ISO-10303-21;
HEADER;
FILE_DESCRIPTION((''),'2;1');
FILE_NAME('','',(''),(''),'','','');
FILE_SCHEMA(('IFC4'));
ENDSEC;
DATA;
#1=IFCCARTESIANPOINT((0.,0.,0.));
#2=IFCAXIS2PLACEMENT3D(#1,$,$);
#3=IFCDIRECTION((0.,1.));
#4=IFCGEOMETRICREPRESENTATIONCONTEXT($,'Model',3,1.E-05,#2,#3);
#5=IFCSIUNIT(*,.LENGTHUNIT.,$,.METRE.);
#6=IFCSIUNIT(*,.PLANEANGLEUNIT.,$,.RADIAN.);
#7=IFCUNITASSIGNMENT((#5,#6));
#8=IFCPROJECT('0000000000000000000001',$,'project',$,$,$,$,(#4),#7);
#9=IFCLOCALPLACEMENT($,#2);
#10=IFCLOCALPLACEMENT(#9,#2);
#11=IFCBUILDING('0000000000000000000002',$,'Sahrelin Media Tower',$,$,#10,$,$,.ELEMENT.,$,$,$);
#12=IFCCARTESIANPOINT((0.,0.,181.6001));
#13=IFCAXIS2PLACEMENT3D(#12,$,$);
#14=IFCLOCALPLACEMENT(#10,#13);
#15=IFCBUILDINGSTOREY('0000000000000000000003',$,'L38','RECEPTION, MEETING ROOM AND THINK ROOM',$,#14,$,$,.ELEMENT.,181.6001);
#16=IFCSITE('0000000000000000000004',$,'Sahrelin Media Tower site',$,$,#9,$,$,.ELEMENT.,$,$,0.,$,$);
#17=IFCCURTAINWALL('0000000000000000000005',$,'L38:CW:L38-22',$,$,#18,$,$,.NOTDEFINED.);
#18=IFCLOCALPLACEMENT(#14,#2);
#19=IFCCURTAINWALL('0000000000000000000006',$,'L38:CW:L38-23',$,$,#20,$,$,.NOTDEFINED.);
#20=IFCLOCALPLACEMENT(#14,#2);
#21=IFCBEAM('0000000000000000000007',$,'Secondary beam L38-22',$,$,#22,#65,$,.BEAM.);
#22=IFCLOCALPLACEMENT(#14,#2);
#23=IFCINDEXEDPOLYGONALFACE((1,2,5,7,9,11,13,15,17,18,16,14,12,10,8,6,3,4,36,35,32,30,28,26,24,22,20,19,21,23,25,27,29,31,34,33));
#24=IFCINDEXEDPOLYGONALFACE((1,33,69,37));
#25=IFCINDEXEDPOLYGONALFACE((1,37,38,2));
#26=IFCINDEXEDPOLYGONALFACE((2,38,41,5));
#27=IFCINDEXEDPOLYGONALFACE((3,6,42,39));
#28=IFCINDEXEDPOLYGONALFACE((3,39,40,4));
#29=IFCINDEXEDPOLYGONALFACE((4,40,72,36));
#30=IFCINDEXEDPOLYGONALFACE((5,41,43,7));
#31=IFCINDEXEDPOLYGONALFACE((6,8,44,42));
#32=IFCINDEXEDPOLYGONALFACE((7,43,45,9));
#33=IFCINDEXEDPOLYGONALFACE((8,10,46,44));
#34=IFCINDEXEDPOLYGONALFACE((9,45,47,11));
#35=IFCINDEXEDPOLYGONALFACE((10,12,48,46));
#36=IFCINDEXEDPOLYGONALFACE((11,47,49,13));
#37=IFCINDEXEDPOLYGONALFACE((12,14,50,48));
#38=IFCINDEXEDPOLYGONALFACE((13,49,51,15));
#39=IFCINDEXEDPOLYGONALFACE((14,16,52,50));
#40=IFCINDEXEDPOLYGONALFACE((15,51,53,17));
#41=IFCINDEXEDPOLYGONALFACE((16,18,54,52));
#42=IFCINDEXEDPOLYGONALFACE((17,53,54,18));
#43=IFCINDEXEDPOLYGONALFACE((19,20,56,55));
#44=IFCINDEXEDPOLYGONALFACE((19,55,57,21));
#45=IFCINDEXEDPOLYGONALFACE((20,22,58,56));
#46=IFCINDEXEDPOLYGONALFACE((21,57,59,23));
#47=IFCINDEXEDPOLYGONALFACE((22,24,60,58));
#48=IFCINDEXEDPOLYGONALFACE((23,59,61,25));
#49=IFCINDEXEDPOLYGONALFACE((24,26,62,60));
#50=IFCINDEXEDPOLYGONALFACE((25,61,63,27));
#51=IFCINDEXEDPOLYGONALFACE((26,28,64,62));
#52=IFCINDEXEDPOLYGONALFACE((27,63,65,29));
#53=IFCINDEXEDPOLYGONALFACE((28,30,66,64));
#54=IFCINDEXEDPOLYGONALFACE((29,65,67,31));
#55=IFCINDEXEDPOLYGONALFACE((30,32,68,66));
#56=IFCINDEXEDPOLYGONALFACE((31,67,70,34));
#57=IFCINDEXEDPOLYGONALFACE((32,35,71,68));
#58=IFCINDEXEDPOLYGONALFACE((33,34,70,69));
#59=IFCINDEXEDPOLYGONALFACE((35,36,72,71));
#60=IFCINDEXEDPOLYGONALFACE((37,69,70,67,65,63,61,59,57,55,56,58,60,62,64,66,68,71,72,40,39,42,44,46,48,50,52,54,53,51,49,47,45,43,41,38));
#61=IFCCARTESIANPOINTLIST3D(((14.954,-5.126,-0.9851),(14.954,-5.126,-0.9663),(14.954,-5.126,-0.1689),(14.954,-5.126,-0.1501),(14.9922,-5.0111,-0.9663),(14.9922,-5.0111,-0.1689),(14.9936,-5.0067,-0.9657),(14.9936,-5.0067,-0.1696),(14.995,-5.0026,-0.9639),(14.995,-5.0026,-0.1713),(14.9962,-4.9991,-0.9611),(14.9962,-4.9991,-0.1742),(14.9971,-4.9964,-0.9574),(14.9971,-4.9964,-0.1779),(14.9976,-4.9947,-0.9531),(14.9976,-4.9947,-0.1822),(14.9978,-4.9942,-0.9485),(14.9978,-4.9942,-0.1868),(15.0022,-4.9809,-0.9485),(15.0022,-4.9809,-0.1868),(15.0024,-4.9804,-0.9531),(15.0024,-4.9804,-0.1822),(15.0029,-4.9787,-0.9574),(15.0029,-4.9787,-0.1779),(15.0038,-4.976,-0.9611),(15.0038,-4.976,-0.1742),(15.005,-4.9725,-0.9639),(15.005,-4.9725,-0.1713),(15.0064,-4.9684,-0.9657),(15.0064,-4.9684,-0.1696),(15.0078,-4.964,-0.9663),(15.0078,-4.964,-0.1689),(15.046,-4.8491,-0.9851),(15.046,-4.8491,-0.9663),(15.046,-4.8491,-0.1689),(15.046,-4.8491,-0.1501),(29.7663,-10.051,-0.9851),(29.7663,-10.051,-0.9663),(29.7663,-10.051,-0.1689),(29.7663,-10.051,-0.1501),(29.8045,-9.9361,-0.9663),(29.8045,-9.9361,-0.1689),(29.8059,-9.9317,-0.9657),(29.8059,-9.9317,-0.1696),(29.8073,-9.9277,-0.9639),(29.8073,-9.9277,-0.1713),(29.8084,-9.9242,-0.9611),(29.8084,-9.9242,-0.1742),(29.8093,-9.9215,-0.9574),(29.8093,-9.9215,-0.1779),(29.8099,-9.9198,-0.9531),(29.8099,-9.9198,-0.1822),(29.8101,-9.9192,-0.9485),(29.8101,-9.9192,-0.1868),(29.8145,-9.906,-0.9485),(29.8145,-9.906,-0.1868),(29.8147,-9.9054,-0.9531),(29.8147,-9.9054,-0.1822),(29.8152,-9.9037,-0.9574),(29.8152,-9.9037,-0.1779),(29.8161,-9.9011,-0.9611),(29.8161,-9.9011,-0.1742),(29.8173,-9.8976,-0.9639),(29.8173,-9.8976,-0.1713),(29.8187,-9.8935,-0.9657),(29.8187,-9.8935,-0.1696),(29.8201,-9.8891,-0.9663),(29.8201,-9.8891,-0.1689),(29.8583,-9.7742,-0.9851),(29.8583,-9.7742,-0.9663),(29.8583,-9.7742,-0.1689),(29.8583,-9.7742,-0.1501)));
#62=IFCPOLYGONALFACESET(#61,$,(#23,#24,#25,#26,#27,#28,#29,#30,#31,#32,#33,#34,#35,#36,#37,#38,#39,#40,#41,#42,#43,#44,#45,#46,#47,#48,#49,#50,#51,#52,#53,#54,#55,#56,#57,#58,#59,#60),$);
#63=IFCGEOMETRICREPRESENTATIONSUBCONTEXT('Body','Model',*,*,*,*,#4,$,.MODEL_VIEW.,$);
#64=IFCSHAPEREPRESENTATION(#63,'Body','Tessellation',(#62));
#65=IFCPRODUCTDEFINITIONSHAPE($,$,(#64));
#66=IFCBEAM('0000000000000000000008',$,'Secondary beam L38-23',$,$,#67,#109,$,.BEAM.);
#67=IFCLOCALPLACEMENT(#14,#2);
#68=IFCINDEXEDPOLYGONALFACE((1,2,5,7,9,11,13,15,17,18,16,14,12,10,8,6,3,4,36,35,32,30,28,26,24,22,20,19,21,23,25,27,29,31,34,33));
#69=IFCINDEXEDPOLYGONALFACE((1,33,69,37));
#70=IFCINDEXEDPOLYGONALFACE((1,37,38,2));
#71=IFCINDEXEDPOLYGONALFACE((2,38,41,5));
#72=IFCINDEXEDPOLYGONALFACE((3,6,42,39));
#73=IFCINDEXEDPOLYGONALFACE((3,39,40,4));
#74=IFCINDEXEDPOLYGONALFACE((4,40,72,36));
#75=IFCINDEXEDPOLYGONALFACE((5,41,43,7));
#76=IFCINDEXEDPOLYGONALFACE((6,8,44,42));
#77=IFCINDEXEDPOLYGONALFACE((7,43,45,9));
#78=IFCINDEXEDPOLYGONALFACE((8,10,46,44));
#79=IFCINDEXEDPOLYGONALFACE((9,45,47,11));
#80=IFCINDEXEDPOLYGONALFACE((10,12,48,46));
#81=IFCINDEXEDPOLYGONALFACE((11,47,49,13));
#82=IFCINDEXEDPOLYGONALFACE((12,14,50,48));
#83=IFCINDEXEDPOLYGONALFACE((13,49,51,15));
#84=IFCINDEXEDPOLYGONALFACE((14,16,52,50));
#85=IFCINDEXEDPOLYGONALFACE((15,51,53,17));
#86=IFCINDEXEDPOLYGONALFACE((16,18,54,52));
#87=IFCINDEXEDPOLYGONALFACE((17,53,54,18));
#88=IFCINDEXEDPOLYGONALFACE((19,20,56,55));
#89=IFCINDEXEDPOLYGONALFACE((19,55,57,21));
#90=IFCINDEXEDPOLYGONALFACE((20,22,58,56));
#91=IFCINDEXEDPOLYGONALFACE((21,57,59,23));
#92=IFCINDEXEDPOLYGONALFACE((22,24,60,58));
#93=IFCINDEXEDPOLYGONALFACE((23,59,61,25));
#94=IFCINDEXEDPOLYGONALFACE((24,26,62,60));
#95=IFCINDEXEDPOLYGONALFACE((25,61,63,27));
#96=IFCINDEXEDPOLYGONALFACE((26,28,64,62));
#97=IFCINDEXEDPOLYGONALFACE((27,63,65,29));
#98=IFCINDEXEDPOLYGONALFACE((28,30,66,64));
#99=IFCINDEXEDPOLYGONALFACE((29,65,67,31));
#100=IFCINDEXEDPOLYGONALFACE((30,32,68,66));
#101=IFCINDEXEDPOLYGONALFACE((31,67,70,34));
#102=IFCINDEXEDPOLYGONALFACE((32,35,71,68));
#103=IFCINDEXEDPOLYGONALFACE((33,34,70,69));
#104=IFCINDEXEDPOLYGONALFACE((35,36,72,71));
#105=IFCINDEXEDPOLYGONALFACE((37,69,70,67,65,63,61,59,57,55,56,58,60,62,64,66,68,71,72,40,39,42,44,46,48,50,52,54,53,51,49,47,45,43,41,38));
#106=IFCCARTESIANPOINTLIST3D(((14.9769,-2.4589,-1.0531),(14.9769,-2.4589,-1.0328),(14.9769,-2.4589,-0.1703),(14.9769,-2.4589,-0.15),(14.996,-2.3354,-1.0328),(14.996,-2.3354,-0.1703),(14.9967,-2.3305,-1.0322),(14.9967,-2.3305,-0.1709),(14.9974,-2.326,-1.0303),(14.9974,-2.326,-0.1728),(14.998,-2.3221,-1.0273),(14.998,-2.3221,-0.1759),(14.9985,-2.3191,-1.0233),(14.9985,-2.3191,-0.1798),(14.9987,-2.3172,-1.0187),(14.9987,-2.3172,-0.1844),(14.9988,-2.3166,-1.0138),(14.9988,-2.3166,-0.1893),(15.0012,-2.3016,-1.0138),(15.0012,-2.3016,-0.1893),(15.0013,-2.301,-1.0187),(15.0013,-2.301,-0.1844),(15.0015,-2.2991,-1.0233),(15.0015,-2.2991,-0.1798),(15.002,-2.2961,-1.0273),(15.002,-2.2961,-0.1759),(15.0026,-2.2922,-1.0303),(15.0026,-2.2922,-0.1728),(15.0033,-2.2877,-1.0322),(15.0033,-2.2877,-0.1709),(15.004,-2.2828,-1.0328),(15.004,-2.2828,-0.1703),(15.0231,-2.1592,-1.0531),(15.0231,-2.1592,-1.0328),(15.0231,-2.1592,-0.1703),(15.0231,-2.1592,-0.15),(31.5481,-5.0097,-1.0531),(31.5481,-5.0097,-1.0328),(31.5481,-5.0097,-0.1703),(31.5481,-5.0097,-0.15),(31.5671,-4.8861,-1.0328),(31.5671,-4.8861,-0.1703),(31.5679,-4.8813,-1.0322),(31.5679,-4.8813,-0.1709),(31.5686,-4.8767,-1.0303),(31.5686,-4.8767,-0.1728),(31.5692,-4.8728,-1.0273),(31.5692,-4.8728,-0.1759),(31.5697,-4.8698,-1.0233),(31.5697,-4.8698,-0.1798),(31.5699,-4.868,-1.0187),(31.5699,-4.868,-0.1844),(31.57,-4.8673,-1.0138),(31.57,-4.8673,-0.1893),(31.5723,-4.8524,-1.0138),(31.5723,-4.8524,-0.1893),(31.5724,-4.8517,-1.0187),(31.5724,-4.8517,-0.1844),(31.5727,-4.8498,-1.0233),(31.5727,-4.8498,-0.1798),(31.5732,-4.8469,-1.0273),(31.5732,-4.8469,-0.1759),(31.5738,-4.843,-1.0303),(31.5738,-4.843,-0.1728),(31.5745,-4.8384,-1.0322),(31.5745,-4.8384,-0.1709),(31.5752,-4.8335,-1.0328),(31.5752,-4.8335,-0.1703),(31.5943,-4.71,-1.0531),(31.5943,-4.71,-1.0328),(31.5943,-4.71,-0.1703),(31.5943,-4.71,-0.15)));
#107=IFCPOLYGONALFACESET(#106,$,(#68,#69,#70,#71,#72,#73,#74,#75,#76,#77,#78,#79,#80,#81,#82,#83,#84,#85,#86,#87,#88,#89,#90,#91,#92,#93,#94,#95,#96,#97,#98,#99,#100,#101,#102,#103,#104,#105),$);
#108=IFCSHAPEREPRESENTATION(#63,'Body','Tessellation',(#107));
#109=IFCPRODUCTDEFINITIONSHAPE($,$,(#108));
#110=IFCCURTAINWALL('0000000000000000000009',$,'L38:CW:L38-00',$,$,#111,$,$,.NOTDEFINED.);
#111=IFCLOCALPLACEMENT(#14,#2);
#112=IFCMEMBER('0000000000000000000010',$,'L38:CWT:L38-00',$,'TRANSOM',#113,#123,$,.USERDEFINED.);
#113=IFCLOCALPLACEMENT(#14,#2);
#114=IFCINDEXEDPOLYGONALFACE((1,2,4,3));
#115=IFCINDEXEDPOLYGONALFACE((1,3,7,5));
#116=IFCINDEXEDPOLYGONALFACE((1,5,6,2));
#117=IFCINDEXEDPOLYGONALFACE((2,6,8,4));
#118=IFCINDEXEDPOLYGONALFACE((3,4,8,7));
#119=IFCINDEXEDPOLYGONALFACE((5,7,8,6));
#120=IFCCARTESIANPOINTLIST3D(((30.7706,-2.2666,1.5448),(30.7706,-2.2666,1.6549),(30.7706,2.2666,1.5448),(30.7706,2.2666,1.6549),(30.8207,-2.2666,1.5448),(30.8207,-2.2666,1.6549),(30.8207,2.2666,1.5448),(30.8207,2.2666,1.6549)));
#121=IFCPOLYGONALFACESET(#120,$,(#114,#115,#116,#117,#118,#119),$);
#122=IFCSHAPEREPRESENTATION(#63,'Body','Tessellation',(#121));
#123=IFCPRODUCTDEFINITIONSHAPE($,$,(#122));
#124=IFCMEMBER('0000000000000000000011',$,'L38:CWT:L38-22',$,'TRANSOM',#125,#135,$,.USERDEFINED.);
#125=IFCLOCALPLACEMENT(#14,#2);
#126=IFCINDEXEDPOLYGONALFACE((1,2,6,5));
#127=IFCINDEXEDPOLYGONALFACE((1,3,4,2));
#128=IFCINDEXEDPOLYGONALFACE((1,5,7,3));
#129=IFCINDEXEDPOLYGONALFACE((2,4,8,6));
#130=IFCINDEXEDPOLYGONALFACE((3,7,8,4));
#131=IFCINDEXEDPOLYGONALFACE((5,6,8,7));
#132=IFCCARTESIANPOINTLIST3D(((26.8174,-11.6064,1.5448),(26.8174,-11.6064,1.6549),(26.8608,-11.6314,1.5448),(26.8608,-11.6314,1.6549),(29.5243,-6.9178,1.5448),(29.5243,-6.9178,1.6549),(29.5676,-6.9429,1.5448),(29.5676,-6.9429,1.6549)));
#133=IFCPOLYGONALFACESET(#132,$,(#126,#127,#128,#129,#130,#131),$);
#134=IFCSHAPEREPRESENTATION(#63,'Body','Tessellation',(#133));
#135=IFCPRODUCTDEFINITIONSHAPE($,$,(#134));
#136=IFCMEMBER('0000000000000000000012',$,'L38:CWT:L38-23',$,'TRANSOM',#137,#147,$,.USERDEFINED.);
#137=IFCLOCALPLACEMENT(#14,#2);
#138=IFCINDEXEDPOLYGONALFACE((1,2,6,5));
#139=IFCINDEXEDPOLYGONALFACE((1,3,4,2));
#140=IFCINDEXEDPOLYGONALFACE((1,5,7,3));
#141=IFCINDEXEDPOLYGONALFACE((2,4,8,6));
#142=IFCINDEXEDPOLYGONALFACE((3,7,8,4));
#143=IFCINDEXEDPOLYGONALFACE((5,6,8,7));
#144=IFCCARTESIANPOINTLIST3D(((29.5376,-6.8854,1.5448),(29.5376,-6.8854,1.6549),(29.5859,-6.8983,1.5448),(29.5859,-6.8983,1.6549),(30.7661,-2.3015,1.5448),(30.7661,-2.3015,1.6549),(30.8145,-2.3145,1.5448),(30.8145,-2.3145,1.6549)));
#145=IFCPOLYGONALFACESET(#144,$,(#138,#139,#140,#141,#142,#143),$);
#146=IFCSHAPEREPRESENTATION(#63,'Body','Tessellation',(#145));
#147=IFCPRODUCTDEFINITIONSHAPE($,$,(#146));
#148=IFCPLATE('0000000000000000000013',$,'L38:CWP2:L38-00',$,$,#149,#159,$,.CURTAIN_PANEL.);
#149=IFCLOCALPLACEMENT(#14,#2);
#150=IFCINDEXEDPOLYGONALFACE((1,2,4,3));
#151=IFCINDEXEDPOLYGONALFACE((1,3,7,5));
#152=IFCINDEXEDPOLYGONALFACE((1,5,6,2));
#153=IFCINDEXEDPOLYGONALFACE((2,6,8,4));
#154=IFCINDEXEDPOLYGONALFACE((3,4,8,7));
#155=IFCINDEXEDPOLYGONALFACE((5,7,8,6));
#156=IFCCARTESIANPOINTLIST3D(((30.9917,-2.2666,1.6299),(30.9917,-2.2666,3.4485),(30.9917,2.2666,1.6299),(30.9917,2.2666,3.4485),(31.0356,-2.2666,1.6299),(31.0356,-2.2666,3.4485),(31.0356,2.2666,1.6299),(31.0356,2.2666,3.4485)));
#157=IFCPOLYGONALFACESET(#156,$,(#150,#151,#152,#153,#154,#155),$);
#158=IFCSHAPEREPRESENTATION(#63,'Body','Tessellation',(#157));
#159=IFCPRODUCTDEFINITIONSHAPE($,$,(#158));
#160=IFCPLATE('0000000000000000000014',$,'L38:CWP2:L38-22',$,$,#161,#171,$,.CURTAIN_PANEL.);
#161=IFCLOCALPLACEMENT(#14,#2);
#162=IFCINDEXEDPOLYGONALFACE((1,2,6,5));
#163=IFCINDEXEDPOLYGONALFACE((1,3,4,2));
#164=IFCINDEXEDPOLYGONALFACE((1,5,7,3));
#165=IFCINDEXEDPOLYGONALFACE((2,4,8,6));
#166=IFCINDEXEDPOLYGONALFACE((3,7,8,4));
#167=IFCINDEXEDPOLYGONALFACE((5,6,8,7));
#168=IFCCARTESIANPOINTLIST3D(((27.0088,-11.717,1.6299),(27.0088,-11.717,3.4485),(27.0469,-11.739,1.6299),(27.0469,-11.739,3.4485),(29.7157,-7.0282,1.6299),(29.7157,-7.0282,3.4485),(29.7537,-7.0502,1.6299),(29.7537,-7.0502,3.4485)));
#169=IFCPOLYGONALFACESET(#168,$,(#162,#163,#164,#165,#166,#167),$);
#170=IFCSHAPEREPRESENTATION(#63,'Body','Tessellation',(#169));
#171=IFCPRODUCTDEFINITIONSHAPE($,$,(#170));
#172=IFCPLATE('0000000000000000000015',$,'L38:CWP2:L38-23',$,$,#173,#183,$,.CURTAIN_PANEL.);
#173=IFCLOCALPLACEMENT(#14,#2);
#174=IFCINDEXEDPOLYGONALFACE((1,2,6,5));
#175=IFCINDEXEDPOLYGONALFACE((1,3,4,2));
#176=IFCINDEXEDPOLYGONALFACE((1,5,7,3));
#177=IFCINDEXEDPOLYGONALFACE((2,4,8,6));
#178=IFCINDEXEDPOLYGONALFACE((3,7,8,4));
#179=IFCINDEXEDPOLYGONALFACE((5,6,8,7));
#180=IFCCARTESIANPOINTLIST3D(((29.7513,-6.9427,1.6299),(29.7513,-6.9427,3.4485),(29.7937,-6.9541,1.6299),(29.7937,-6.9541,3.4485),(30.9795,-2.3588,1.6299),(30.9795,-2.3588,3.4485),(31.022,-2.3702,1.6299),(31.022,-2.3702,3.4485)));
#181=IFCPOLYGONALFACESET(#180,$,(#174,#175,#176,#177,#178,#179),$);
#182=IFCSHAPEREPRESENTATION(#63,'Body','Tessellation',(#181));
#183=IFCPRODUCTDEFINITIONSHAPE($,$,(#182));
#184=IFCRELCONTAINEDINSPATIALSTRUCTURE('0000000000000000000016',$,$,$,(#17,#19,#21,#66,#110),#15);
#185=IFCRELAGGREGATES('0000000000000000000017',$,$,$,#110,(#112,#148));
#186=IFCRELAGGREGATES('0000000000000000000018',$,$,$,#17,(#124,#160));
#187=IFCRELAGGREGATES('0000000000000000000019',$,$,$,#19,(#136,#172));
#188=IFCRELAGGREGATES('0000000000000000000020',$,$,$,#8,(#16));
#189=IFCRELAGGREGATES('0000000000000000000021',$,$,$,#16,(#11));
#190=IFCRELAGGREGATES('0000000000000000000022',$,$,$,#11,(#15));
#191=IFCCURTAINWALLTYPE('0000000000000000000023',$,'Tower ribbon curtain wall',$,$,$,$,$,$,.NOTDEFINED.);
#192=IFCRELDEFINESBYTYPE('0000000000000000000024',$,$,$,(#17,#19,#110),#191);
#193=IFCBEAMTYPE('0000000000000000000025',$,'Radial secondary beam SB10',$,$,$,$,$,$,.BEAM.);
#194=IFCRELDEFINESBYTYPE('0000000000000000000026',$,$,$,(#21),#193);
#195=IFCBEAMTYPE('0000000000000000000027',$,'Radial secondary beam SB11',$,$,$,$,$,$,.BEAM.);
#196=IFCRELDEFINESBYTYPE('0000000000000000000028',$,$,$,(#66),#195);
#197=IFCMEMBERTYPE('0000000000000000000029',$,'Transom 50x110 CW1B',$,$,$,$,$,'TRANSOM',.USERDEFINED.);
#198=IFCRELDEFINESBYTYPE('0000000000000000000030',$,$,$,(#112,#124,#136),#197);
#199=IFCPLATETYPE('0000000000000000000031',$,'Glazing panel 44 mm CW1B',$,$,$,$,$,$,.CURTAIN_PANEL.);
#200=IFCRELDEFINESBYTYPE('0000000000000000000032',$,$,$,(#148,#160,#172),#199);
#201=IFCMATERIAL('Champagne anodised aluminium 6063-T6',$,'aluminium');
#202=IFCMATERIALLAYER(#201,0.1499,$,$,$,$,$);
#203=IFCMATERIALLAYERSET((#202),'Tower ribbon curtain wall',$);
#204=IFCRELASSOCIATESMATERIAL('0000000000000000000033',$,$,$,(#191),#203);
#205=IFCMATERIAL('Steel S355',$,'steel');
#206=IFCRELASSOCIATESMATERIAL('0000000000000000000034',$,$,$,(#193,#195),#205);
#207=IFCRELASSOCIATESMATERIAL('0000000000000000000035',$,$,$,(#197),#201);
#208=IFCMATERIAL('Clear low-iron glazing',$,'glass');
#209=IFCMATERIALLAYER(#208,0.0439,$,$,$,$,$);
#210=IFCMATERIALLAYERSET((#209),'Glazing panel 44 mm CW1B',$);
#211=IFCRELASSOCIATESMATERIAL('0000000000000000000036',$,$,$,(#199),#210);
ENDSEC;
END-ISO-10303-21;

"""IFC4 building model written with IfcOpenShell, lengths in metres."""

from ifc_helpers import new_model, si_unit, direction, frame, origin, origin_2d, place, context, subcontext, project, spatial, polyline, rectangle, i_section, outline, extrude, material, layer, layer_set, material_profile, profile_set, type_object, element, aggregate, save


model = new_model("IFC4")

# Units and contexts
model_context = context("Model", 3, precision=1e-05, world=origin(), true_north=direction((0.0, 1.0)))
body_context = subcontext(model_context, "Body", "Model", "MODEL_VIEW")
ifc_project = project(units=[si_unit("LENGTHUNIT", "METRE"), si_unit("PLANEANGLEUNIT", "RADIAN")], contexts=[model_context])

# Site, building, storey
site_placement = place(None, origin())
site = spatial("IfcSite", under=ifc_project, at=site_placement, Name="Sahrelin Media Tower site", CompositionType="ELEMENT", RefElevation=0.0)
building_placement = place(site_placement, origin())
building = spatial("IfcBuilding", under=site, at=building_placement, Name="Sahrelin Media Tower", CompositionType="ELEMENT")
storey_placement = place(building_placement, frame((0.0, 0.0, 181.6001)))
storey = spatial("IfcBuildingStorey", under=building, at=storey_placement, Name="L38", Description="RECEPTION, MEETING ROOM AND THINK ROOM", CompositionType="ELEMENT", Elevation=181.6001)

# Shared definitions
ifc_material_1 = material(Name="Steel S355", Category="steel")

# Curtain walls
ifc_material_2 = material(Name="Champagne anodised aluminium 6063-T6", Category="aluminium")
ifc_layer_1 = layer(ifc_material_2, 0.1499)
ifc_layer_set_1 = layer_set([ifc_layer_1], Name="Tower ribbon curtain wall")
curtain_wall_type = type_object("IfcCurtainWallType", Name="Tower ribbon curtain wall", PredefinedType="NOTDEFINED", material=ifc_layer_set_1)
curtain_wall_1_placement = place(storey_placement, frame((28.3828, -9.3845, 0.0), z_axis=(0.0, 0.0, 1.0), x_axis=(1.0, 0.0, 0.0)))
curtain_wall_1 = element("IfcCurtainWall", 1, at=curtain_wall_1_placement, inside=storey, type_object=curtain_wall_type, Name="L38:CW:L38-22", PredefinedType="NOTDEFINED")
curtain_wall_2_placement = place(storey_placement, frame((30.3884, -4.657, 0.0), z_axis=(0.0, 0.0, 1.0), x_axis=(1.0, 0.0, 0.0)))
curtain_wall_2 = element("IfcCurtainWall", 2, at=curtain_wall_2_placement, inside=storey, type_object=curtain_wall_type, Name="L38:CW:L38-23", PredefinedType="NOTDEFINED")

# Beams
ifc_material_profile_1 = material_profile(ifc_material_1, i_section(OverallWidth=0.2917, OverallDepth=0.835, WebThickness=0.0139, FlangeThickness=0.0188, FilletRadius=0.0178, at=origin_2d()), Name="UB 838x292x176")
ifc_profile_set_1 = profile_set([ifc_material_profile_1], Name="Steel S355")
beam_type_1 = type_object("IfcBeamType", Name="Radial secondary beam SB10", PredefinedType="BEAM", material=ifc_profile_set_1)
beam_1_placement = place(storey_placement, frame((15.0, -4.9875, -0.5676), z_axis=(0.948921, -0.315514, 0.0), x_axis=(0.315514, 0.948921, 0.0)))
element("IfcBeam", 3, at=beam_1_placement, inside=storey, type_object=beam_type_1, Name="Secondary beam L38-22", PredefinedType="BEAM", context=body_context, shape_type="SweptSolid", body=[
    extrude(i_section(OverallWidth=0.2917, OverallDepth=0.835, WebThickness=0.0139, FlangeThickness=0.0188, FilletRadius=0.0178, at=origin_2d()), origin(), (0.0, 0.0, 1.0), 15.6096),
])
ifc_material_profile_2 = material_profile(ifc_material_1, i_section(OverallWidth=0.3032, OverallDepth=0.9031, WebThickness=0.0151, FlangeThickness=0.0203, FilletRadius=0.019, at=origin_2d()), Name="UB 914x305x201")
ifc_profile_set_2 = profile_set([ifc_material_profile_2], Name="Steel S355")
beam_type_2 = type_object("IfcBeamType", Name="Radial secondary beam SB11", PredefinedType="BEAM", material=ifc_profile_set_2)
beam_2_placement = place(storey_placement, frame((15.0, -2.3091, -0.6016), z_axis=(0.98836, -0.152136, 0.0), x_axis=(0.152136, 0.98836, 0.0)))
element("IfcBeam", 4, at=beam_2_placement, inside=storey, type_object=beam_type_2, Name="Secondary beam L38-23", PredefinedType="BEAM", context=body_context, shape_type="SweptSolid", body=[
    extrude(i_section(OverallWidth=0.3032, OverallDepth=0.9031, WebThickness=0.0151, FlangeThickness=0.0203, FilletRadius=0.019, at=origin_2d()), origin(), (0.0, 0.0, 1.0), 16.7664),
])

# Curtain wall, member
curtain_wall_3_placement = place(storey_placement, frame((31.0156, 0.0, 0.0), z_axis=(0.0, 0.0, 1.0), x_axis=(1.0, 0.0, 0.0)))
curtain_wall_3 = element("IfcCurtainWall", 5, at=curtain_wall_3_placement, inside=storey, type_object=curtain_wall_type, Name="L38:CW:L38-00", PredefinedType="NOTDEFINED")
ifc_material_profile_3 = material_profile(ifc_material_2, rectangle(XDim=0.05, YDim=0.1101, at=origin_2d()), Name="Transom 50x110")
ifc_profile_set_3 = profile_set([ifc_material_profile_3], Name="Champagne anodised aluminium 6063-T6")
member_type_1 = type_object("IfcMemberType", Name="Transom 50x110 CW1B", ElementType="TRANSOM", PredefinedType="USERDEFINED", material=ifc_profile_set_3)
member_1_placement = place(storey_placement, frame((30.7957, -2.2666, 1.5999), z_axis=(0.0, 1.0, 0.0), x_axis=(-1.0, 0.0, 0.0)))
member_1 = element("IfcMember", 6, at=member_1_placement, type_object=member_type_1, Name="L38:CWT:L38-00", ObjectType="TRANSOM", PredefinedType="USERDEFINED", context=body_context, shape_type="SweptSolid", body=[
    extrude(rectangle(XDim=0.05, YDim=0.1101, at=origin_2d()), origin(), (0.0, 0.0, 1.0), 4.5332),
])

# Members
member_2_placement = place(storey_placement, frame((26.8391, -11.6189, 1.5999), z_axis=(0.499985, 0.866034, 0.0), x_axis=(-0.866034, 0.499985, 0.0)))
member_2 = element("IfcMember", 7, at=member_2_placement, type_object=member_type_1, Name="L38:CWT:L38-22", ObjectType="TRANSOM", PredefinedType="USERDEFINED", context=body_context, shape_type="SweptSolid", body=[
    extrude(rectangle(XDim=0.05, YDim=0.1101, at=origin_2d()), origin(), (0.0, 0.0, 1.0), 5.4138),
])
member_3_placement = place(storey_placement, frame((29.5618, -6.8918, 1.5999), z_axis=(0.258879, 0.96591, 0.0), x_axis=(-0.96591, 0.258879, 0.0)))
member_3 = element("IfcMember", 8, at=member_3_placement, type_object=member_type_1, Name="L38:CWT:L38-23", ObjectType="TRANSOM", PredefinedType="USERDEFINED", context=body_context, shape_type="SweptSolid", body=[
    extrude(rectangle(XDim=0.05, YDim=0.1101, at=origin_2d()), origin(), (0.0, 0.0, 1.0), 4.7456),
])

# Plates
ifc_material_3 = material(Name="Clear low-iron glazing", Category="glass")
ifc_layer_2 = layer(ifc_material_3, 0.0439)
ifc_layer_set_2 = layer_set([ifc_layer_2], Name="Glazing panel 44 mm CW1B")
plate_type_1 = type_object("IfcPlateType", Name="Glazing panel 44 mm CW1B", PredefinedType="CURTAIN_PANEL", material=ifc_layer_set_2)
plate_1_placement = place(storey_placement, frame((31.0356, -2.2666, 1.6299), z_axis=(1.0, 0.0, 0.0), x_axis=(0.0, 1.0, 0.0)))
plate_1 = element("IfcPlate", 9, at=plate_1_placement, type_object=plate_type_1, Name="L38:CWP2:L38-00", PredefinedType="CURTAIN_PANEL", context=body_context, shape_type="SweptSolid", body=[
    extrude(outline(polyline([(0.0, 0.0), (4.5332, 0.0), (4.5332, 1.8186), (0.0, 1.8186), (0.0, 0.0)])), origin(), (0.0, 0.0, -1.0), 0.0439),
])
plate_2_placement = place(storey_placement, frame((27.0469, -11.739, 1.6299), z_axis=(0.866045, -0.499966, 0.0), x_axis=(0.499966, 0.866045, 0.0)))
plate_2 = element("IfcPlate", 10, at=plate_2_placement, type_object=plate_type_1, Name="L38:CWP2:L38-22", PredefinedType="CURTAIN_PANEL", context=body_context, shape_type="SweptSolid", body=[
    extrude(outline(polyline([(0.0, 0.0), (5.4141, 0.0), (5.4141, 1.8186), (0.0, 1.8186), (0.0, 0.0)])), origin(), (0.0, 0.0, -1.0), 0.0439),
])
plate_3_placement = place(storey_placement, frame((29.7937, -6.9541, 1.6299), z_axis=(0.965926, -0.258818, 0.0), x_axis=(0.258818, 0.965926, 0.0)))
plate_3 = element("IfcPlate", 11, at=plate_3_placement, type_object=plate_type_1, Name="L38:CWP2:L38-23", PredefinedType="CURTAIN_PANEL", context=body_context, shape_type="SweptSolid", body=[
    extrude(outline(polyline([(0.0, 0.0), (4.7456, 0.0), (4.7456, 1.8186), (0.0, 1.8186), (0.0, 0.0)])), origin(), (0.0, 0.0, -1.0), 0.0439),
])
aggregate(curtain_wall_3, [member_1, plate_1])
aggregate(curtain_wall_1, [member_2, plate_2])
aggregate(curtain_wall_2, [member_3, plate_3])

save(model, "model.ifc")
